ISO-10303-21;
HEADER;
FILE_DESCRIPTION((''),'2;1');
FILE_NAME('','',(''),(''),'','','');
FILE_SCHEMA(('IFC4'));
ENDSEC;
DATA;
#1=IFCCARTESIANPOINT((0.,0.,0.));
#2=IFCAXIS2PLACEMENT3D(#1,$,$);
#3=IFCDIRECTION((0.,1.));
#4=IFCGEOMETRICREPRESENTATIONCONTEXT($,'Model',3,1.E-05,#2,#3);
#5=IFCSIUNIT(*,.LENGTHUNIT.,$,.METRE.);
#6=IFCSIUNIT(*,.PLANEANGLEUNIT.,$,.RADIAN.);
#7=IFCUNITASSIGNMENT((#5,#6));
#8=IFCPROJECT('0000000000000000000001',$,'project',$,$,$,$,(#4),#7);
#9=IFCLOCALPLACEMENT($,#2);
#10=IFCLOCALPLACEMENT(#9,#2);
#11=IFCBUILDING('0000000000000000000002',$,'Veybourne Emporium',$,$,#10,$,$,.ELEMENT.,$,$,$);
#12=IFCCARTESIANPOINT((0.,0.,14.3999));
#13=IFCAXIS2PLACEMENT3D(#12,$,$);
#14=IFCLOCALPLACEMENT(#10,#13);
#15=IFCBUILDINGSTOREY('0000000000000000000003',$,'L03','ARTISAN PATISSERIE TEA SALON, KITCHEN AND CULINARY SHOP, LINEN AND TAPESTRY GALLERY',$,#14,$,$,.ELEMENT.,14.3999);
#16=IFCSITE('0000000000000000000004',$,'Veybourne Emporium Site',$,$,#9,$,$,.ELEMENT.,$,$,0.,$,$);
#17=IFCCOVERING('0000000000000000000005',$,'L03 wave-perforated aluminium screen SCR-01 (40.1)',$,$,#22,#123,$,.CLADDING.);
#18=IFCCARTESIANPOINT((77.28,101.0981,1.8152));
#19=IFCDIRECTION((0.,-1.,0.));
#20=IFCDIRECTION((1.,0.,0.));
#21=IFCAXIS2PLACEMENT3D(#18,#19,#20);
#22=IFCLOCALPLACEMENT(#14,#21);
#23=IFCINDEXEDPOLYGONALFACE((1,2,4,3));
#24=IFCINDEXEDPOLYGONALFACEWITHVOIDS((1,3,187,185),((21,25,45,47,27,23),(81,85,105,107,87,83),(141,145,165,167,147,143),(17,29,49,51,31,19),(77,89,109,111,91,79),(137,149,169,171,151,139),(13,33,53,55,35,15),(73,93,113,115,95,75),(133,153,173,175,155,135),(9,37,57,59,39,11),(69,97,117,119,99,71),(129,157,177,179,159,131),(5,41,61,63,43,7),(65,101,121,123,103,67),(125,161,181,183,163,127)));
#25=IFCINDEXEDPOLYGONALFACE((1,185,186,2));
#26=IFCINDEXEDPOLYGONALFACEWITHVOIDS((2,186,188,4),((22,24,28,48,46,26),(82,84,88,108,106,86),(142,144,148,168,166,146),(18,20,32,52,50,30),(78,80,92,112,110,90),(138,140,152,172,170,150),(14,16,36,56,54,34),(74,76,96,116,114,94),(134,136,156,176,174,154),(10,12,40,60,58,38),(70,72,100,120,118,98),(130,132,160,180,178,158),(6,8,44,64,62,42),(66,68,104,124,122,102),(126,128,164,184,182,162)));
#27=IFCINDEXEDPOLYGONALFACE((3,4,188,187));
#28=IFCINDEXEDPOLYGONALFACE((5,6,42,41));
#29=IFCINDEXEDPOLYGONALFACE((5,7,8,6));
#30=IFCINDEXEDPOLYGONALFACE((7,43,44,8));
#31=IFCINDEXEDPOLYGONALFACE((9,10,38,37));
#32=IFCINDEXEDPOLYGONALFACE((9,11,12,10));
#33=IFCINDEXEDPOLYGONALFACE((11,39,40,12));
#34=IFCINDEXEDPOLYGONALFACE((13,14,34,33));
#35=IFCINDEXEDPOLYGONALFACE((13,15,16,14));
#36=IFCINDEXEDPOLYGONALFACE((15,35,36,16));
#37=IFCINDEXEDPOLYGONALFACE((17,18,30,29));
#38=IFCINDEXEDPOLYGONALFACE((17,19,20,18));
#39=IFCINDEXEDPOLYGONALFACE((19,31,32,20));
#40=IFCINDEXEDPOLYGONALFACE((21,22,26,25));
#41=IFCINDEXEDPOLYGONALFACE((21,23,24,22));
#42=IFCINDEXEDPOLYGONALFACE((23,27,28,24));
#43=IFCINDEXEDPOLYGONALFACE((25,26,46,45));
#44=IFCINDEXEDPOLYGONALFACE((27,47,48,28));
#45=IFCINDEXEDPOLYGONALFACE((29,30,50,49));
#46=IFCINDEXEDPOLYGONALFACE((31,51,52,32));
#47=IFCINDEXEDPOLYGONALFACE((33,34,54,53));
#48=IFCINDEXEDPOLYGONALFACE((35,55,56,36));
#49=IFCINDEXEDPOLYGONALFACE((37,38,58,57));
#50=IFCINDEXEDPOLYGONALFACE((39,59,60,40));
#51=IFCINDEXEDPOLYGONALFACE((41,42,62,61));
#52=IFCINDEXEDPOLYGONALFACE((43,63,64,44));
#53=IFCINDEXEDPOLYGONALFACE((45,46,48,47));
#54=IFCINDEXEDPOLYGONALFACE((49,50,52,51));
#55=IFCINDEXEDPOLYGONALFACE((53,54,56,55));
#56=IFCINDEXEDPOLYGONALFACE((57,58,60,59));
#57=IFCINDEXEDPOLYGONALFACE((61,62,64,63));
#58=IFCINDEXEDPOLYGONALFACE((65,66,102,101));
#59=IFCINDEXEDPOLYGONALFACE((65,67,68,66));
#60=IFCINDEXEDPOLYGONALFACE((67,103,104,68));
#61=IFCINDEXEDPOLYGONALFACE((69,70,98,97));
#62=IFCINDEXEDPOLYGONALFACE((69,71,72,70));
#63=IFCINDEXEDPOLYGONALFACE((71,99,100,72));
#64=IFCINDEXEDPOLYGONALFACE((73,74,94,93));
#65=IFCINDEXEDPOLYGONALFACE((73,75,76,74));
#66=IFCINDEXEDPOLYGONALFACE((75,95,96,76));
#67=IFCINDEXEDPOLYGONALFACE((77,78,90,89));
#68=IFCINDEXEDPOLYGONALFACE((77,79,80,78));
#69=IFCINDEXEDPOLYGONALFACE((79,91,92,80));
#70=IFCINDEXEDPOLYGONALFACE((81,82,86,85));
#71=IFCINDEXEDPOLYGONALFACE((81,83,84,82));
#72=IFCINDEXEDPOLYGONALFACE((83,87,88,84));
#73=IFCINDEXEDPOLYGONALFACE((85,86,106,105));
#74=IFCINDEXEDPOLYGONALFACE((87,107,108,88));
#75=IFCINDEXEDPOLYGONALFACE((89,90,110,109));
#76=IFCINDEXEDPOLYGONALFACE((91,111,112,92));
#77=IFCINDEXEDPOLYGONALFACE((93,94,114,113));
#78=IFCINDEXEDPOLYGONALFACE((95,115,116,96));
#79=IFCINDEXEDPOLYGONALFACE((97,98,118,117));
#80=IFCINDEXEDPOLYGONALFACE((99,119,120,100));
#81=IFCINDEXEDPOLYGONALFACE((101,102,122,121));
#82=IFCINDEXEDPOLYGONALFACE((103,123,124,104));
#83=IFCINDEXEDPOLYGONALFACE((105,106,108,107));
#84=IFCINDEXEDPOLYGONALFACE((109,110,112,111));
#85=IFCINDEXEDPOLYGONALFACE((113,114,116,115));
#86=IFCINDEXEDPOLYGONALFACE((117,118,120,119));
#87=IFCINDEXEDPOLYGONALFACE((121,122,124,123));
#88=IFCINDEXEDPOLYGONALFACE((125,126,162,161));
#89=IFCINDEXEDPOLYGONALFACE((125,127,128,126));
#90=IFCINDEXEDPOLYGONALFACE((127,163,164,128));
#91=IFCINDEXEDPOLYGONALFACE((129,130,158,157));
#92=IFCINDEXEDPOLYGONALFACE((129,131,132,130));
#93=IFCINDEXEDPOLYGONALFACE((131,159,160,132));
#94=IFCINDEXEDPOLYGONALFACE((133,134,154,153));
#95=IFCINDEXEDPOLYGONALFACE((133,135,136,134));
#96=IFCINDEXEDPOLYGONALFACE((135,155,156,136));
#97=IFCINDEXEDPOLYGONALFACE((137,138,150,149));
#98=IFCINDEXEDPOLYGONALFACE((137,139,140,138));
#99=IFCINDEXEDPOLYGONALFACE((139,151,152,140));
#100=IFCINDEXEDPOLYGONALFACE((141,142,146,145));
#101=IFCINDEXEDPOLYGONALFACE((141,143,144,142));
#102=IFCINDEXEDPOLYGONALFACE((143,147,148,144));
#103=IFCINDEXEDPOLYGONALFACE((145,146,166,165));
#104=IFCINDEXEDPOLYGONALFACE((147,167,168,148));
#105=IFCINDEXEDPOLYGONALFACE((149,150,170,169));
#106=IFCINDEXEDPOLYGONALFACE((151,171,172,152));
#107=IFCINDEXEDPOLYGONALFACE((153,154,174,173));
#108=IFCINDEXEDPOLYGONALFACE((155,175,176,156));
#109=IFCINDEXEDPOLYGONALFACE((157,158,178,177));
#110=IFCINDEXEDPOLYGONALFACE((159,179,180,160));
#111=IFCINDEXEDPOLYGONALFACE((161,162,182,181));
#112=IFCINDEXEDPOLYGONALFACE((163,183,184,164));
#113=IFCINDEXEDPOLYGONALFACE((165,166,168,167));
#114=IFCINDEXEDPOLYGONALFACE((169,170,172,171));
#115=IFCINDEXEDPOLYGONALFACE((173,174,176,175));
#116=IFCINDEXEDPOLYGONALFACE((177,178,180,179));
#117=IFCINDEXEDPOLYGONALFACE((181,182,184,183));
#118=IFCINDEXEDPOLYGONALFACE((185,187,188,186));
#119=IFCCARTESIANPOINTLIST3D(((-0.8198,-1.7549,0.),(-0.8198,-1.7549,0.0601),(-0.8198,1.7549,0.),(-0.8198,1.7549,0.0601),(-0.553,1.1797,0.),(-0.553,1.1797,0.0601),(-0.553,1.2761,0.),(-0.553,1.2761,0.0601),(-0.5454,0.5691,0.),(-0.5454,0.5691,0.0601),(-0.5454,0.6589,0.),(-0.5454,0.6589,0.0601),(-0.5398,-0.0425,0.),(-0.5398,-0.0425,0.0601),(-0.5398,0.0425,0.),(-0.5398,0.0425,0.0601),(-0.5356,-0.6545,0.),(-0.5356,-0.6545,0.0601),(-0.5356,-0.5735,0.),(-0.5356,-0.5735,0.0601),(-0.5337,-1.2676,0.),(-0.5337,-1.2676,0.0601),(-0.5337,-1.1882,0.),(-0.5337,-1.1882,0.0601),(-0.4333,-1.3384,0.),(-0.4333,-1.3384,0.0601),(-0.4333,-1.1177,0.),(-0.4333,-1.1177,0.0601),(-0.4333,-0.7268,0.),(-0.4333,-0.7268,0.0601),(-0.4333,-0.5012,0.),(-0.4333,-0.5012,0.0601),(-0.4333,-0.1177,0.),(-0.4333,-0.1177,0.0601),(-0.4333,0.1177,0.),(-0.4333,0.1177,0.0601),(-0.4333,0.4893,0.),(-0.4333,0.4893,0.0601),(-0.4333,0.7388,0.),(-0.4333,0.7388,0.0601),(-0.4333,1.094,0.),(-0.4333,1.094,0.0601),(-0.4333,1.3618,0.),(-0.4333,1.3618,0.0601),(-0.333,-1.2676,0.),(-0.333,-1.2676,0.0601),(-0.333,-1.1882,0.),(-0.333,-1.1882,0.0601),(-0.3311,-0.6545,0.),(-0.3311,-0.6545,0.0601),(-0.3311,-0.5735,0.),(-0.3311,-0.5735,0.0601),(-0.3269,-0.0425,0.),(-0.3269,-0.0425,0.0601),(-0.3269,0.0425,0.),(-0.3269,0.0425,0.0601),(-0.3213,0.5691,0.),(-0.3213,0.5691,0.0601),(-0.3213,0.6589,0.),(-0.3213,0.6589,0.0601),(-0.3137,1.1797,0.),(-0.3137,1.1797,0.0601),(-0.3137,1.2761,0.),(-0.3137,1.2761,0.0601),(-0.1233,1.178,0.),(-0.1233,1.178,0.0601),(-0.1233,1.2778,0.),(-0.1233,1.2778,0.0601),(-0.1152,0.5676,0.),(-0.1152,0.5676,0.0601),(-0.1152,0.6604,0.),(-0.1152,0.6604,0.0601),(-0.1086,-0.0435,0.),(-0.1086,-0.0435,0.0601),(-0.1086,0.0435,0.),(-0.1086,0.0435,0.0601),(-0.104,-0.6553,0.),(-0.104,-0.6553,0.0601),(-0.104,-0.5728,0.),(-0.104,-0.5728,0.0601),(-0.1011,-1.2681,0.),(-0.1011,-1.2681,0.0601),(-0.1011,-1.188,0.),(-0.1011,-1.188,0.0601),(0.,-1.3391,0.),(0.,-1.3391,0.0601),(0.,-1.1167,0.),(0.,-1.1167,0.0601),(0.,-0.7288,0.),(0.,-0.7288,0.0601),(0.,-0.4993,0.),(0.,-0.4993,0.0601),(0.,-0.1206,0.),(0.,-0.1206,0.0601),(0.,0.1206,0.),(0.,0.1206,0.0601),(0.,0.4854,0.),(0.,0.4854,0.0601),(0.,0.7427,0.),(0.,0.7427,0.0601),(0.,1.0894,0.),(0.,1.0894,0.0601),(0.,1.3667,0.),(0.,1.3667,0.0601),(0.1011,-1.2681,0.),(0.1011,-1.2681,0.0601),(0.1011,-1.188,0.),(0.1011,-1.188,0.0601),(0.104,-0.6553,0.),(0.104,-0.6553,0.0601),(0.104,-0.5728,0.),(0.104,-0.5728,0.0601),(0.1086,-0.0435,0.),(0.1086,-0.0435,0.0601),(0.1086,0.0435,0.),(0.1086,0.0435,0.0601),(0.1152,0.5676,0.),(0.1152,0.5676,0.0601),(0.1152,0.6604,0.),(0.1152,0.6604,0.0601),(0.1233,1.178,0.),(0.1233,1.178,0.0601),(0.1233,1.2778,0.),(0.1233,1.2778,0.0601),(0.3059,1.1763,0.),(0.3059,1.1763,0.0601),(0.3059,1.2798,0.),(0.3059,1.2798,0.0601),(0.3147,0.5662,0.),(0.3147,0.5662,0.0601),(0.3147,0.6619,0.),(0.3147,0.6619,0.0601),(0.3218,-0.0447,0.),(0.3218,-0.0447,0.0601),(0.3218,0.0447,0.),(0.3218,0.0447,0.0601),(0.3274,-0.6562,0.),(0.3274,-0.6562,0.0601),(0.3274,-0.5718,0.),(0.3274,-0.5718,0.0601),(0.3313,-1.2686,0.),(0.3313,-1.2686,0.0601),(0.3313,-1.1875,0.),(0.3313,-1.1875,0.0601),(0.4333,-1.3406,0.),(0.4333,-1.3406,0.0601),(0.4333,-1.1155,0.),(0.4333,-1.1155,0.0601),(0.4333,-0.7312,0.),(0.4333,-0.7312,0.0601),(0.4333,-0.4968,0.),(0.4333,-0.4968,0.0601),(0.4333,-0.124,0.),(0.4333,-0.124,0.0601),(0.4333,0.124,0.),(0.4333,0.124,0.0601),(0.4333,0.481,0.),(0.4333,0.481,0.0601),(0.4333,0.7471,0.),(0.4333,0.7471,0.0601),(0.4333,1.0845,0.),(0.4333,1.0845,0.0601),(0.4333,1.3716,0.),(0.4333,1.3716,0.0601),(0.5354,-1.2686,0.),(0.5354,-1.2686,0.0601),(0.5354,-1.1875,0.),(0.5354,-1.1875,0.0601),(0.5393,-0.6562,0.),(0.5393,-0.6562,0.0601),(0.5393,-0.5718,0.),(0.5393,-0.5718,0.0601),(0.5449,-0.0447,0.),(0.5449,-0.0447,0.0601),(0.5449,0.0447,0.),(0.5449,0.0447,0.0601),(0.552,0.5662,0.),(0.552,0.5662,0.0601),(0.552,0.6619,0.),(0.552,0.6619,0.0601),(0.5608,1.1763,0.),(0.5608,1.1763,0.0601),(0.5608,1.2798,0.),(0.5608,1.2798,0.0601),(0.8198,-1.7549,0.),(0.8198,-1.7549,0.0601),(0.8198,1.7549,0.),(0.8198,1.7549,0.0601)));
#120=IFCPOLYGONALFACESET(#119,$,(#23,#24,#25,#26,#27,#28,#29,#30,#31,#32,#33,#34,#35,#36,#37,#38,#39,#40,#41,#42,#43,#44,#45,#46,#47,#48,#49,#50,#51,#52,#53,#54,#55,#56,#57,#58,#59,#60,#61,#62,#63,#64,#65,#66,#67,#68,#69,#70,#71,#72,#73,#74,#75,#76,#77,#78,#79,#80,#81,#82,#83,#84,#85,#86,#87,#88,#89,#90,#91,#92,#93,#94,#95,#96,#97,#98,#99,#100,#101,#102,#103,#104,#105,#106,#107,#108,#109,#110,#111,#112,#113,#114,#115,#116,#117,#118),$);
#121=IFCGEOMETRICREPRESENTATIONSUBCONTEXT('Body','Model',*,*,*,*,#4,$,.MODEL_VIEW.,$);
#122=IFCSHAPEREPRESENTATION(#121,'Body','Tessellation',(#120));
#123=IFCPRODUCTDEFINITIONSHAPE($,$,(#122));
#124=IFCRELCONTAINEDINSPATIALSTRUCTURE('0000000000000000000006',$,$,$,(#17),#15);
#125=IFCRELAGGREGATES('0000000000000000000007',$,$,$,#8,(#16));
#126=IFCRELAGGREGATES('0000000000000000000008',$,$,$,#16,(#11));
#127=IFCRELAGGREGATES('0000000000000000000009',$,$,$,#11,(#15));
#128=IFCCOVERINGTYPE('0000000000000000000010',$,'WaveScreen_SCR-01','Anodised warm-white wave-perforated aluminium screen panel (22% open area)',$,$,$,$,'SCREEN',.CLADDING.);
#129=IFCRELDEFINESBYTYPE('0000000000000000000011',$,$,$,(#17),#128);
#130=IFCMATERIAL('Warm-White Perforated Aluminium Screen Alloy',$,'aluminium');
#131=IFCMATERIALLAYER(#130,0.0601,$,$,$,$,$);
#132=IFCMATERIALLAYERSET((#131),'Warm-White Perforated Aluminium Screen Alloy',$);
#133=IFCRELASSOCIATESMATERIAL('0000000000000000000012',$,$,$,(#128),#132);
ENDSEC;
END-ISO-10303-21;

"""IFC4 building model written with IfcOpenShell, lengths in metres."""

from ifc_helpers import new_model, si_unit, direction, frame, origin, place, context, subcontext, project, spatial, polyline, outline, extrude, material, layer, layer_set, type_object, element, save


model = new_model("IFC4")

# Units and contexts
model_context = context("Model", 3, precision=1e-05, world=origin(), true_north=direction((0.0, 1.0)))
body_context = subcontext(model_context, "Body", "Model", "MODEL_VIEW")
ifc_project = project(units=[si_unit("LENGTHUNIT", "METRE"), si_unit("PLANEANGLEUNIT", "RADIAN")], contexts=[model_context])

# Site, building, storey
site_placement = place(None, origin())
site = spatial("IfcSite", under=ifc_project, at=site_placement, Name="Veybourne Emporium Site", CompositionType="ELEMENT", RefElevation=0.0)
building_placement = place(site_placement, origin())
building = spatial("IfcBuilding", under=site, at=building_placement, Name="Veybourne Emporium", CompositionType="ELEMENT")
storey_placement = place(building_placement, frame((0.0, 0.0, 14.3999)))
storey = spatial("IfcBuildingStorey", under=building, at=storey_placement, Name="L03", Description="ARTISAN PATISSERIE TEA SALON, KITCHEN AND CULINARY SHOP, LINEN AND TAPESTRY GALLERY", CompositionType="ELEMENT", Elevation=14.3999)

# Covering
ifc_material_1 = material(Name="Warm-White Perforated Aluminium Screen Alloy", Category="aluminium")
ifc_layer_1 = layer(ifc_material_1, 0.0601)
ifc_layer_set_1 = layer_set([ifc_layer_1], Name="Warm-White Perforated Aluminium Screen Alloy")
covering_type_1 = type_object("IfcCoveringType", Name="WaveScreen_SCR-01", Description="Anodised warm-white wave-perforated aluminium screen panel (22% open area)", ElementType="SCREEN", PredefinedType="CLADDING", material=ifc_layer_set_1)
covering_1_placement = place(storey_placement, frame((77.28, 101.0981, 1.8152), z_axis=(0.0, -1.0, 0.0), x_axis=(1.0, 0.0, 0.0)))
element("IfcCovering", 1, at=covering_1_placement, inside=storey, type_object=covering_type_1, Name="L03 wave-perforated aluminium screen SCR-01 (40.1)", PredefinedType="CLADDING", context=body_context, shape_type="SweptSolid", body=[
    extrude(outline(polyline([(-0.8198, -1.7549), (0.8198, -1.7549), (0.8198, 1.7549), (-0.8198, 1.7549), (-0.8198, -1.7549)]), holes=[polyline([(-0.4333, -1.1177), (-0.333, -1.1882), (-0.333, -1.2676), (-0.4333, -1.3384), (-0.5337, -1.2676), (-0.5337, -1.1882), (-0.4333, -1.1177)]), polyline([(-0.4333, -0.5012), (-0.3311, -0.5735), (-0.3311, -0.6545), (-0.4333, -0.7268), (-0.5356, -0.6545), (-0.5356, -0.5735), (-0.4333, -0.5012)]), polyline([(-0.4333, 0.1177), (-0.3269, 0.0425), (-0.3269, -0.0425), (-0.4333, -0.1177), (-0.5398, -0.0425), (-0.5398, 0.0425), (-0.4333, 0.1177)]), polyline([(-0.4333, 0.7388), (-0.3213, 0.6589), (-0.3213, 0.5691), (-0.4333, 0.4893), (-0.5454, 0.5691), (-0.5454, 0.6589), (-0.4333, 0.7388)]), polyline([(-0.4333, 1.3618), (-0.3137, 1.2761), (-0.3137, 1.1797), (-0.4333, 1.094), (-0.553, 1.1797), (-0.553, 1.2761), (-0.4333, 1.3618)]), polyline([(0.0, -1.1167), (0.1011, -1.188), (0.1011, -1.2681), (0.0, -1.3391), (-0.1011, -1.2681), (-0.1011, -1.188), (0.0, -1.1167)]), polyline([(0.0, -0.4993), (0.104, -0.5728), (0.104, -0.6553), (0.0, -0.7288), (-0.104, -0.6553), (-0.104, -0.5728), (0.0, -0.4993)]), polyline([(0.0, 0.1206), (0.1086, 0.0435), (0.1086, -0.0435), (0.0, -0.1206), (-0.1086, -0.0435), (-0.1086, 0.0435), (0.0, 0.1206)]), polyline([(0.0, 0.7427), (0.1152, 0.6604), (0.1152, 0.5676), (0.0, 0.4854), (-0.1152, 0.5676), (-0.1152, 0.6604), (0.0, 0.7427)]), polyline([(0.0, 1.3667), (0.1233, 1.2778), (0.1233, 1.178), (0.0, 1.0894), (-0.1233, 1.178), (-0.1233, 1.2778), (0.0, 1.3667)]), polyline([(0.4333, -1.1155), (0.5354, -1.1875), (0.5354, -1.2686), (0.4333, -1.3406), (0.3313, -1.2686), (0.3313, -1.1875), (0.4333, -1.1155)]), polyline([(0.4333, -0.4968), (0.5393, -0.5718), (0.5393, -0.6562), (0.4333, -0.7312), (0.3274, -0.6562), (0.3274, -0.5718), (0.4333, -0.4968)]), polyline([(0.4333, 0.124), (0.5449, 0.0447), (0.5449, -0.0447), (0.4333, -0.124), (0.3218, -0.0447), (0.3218, 0.0447), (0.4333, 0.124)]), polyline([(0.4333, 0.7471), (0.552, 0.6619), (0.552, 0.5662), (0.4333, 0.481), (0.3147, 0.5662), (0.3147, 0.6619), (0.4333, 0.7471)]), polyline([(0.4333, 1.3716), (0.5608, 1.2798), (0.5608, 1.1763), (0.4333, 1.0845), (0.3059, 1.1763), (0.3059, 1.2798), (0.4333, 1.3716)])]), origin(), (0.0, 0.0, 1.0), 0.0601),
])

save(model, "model.ifc")
